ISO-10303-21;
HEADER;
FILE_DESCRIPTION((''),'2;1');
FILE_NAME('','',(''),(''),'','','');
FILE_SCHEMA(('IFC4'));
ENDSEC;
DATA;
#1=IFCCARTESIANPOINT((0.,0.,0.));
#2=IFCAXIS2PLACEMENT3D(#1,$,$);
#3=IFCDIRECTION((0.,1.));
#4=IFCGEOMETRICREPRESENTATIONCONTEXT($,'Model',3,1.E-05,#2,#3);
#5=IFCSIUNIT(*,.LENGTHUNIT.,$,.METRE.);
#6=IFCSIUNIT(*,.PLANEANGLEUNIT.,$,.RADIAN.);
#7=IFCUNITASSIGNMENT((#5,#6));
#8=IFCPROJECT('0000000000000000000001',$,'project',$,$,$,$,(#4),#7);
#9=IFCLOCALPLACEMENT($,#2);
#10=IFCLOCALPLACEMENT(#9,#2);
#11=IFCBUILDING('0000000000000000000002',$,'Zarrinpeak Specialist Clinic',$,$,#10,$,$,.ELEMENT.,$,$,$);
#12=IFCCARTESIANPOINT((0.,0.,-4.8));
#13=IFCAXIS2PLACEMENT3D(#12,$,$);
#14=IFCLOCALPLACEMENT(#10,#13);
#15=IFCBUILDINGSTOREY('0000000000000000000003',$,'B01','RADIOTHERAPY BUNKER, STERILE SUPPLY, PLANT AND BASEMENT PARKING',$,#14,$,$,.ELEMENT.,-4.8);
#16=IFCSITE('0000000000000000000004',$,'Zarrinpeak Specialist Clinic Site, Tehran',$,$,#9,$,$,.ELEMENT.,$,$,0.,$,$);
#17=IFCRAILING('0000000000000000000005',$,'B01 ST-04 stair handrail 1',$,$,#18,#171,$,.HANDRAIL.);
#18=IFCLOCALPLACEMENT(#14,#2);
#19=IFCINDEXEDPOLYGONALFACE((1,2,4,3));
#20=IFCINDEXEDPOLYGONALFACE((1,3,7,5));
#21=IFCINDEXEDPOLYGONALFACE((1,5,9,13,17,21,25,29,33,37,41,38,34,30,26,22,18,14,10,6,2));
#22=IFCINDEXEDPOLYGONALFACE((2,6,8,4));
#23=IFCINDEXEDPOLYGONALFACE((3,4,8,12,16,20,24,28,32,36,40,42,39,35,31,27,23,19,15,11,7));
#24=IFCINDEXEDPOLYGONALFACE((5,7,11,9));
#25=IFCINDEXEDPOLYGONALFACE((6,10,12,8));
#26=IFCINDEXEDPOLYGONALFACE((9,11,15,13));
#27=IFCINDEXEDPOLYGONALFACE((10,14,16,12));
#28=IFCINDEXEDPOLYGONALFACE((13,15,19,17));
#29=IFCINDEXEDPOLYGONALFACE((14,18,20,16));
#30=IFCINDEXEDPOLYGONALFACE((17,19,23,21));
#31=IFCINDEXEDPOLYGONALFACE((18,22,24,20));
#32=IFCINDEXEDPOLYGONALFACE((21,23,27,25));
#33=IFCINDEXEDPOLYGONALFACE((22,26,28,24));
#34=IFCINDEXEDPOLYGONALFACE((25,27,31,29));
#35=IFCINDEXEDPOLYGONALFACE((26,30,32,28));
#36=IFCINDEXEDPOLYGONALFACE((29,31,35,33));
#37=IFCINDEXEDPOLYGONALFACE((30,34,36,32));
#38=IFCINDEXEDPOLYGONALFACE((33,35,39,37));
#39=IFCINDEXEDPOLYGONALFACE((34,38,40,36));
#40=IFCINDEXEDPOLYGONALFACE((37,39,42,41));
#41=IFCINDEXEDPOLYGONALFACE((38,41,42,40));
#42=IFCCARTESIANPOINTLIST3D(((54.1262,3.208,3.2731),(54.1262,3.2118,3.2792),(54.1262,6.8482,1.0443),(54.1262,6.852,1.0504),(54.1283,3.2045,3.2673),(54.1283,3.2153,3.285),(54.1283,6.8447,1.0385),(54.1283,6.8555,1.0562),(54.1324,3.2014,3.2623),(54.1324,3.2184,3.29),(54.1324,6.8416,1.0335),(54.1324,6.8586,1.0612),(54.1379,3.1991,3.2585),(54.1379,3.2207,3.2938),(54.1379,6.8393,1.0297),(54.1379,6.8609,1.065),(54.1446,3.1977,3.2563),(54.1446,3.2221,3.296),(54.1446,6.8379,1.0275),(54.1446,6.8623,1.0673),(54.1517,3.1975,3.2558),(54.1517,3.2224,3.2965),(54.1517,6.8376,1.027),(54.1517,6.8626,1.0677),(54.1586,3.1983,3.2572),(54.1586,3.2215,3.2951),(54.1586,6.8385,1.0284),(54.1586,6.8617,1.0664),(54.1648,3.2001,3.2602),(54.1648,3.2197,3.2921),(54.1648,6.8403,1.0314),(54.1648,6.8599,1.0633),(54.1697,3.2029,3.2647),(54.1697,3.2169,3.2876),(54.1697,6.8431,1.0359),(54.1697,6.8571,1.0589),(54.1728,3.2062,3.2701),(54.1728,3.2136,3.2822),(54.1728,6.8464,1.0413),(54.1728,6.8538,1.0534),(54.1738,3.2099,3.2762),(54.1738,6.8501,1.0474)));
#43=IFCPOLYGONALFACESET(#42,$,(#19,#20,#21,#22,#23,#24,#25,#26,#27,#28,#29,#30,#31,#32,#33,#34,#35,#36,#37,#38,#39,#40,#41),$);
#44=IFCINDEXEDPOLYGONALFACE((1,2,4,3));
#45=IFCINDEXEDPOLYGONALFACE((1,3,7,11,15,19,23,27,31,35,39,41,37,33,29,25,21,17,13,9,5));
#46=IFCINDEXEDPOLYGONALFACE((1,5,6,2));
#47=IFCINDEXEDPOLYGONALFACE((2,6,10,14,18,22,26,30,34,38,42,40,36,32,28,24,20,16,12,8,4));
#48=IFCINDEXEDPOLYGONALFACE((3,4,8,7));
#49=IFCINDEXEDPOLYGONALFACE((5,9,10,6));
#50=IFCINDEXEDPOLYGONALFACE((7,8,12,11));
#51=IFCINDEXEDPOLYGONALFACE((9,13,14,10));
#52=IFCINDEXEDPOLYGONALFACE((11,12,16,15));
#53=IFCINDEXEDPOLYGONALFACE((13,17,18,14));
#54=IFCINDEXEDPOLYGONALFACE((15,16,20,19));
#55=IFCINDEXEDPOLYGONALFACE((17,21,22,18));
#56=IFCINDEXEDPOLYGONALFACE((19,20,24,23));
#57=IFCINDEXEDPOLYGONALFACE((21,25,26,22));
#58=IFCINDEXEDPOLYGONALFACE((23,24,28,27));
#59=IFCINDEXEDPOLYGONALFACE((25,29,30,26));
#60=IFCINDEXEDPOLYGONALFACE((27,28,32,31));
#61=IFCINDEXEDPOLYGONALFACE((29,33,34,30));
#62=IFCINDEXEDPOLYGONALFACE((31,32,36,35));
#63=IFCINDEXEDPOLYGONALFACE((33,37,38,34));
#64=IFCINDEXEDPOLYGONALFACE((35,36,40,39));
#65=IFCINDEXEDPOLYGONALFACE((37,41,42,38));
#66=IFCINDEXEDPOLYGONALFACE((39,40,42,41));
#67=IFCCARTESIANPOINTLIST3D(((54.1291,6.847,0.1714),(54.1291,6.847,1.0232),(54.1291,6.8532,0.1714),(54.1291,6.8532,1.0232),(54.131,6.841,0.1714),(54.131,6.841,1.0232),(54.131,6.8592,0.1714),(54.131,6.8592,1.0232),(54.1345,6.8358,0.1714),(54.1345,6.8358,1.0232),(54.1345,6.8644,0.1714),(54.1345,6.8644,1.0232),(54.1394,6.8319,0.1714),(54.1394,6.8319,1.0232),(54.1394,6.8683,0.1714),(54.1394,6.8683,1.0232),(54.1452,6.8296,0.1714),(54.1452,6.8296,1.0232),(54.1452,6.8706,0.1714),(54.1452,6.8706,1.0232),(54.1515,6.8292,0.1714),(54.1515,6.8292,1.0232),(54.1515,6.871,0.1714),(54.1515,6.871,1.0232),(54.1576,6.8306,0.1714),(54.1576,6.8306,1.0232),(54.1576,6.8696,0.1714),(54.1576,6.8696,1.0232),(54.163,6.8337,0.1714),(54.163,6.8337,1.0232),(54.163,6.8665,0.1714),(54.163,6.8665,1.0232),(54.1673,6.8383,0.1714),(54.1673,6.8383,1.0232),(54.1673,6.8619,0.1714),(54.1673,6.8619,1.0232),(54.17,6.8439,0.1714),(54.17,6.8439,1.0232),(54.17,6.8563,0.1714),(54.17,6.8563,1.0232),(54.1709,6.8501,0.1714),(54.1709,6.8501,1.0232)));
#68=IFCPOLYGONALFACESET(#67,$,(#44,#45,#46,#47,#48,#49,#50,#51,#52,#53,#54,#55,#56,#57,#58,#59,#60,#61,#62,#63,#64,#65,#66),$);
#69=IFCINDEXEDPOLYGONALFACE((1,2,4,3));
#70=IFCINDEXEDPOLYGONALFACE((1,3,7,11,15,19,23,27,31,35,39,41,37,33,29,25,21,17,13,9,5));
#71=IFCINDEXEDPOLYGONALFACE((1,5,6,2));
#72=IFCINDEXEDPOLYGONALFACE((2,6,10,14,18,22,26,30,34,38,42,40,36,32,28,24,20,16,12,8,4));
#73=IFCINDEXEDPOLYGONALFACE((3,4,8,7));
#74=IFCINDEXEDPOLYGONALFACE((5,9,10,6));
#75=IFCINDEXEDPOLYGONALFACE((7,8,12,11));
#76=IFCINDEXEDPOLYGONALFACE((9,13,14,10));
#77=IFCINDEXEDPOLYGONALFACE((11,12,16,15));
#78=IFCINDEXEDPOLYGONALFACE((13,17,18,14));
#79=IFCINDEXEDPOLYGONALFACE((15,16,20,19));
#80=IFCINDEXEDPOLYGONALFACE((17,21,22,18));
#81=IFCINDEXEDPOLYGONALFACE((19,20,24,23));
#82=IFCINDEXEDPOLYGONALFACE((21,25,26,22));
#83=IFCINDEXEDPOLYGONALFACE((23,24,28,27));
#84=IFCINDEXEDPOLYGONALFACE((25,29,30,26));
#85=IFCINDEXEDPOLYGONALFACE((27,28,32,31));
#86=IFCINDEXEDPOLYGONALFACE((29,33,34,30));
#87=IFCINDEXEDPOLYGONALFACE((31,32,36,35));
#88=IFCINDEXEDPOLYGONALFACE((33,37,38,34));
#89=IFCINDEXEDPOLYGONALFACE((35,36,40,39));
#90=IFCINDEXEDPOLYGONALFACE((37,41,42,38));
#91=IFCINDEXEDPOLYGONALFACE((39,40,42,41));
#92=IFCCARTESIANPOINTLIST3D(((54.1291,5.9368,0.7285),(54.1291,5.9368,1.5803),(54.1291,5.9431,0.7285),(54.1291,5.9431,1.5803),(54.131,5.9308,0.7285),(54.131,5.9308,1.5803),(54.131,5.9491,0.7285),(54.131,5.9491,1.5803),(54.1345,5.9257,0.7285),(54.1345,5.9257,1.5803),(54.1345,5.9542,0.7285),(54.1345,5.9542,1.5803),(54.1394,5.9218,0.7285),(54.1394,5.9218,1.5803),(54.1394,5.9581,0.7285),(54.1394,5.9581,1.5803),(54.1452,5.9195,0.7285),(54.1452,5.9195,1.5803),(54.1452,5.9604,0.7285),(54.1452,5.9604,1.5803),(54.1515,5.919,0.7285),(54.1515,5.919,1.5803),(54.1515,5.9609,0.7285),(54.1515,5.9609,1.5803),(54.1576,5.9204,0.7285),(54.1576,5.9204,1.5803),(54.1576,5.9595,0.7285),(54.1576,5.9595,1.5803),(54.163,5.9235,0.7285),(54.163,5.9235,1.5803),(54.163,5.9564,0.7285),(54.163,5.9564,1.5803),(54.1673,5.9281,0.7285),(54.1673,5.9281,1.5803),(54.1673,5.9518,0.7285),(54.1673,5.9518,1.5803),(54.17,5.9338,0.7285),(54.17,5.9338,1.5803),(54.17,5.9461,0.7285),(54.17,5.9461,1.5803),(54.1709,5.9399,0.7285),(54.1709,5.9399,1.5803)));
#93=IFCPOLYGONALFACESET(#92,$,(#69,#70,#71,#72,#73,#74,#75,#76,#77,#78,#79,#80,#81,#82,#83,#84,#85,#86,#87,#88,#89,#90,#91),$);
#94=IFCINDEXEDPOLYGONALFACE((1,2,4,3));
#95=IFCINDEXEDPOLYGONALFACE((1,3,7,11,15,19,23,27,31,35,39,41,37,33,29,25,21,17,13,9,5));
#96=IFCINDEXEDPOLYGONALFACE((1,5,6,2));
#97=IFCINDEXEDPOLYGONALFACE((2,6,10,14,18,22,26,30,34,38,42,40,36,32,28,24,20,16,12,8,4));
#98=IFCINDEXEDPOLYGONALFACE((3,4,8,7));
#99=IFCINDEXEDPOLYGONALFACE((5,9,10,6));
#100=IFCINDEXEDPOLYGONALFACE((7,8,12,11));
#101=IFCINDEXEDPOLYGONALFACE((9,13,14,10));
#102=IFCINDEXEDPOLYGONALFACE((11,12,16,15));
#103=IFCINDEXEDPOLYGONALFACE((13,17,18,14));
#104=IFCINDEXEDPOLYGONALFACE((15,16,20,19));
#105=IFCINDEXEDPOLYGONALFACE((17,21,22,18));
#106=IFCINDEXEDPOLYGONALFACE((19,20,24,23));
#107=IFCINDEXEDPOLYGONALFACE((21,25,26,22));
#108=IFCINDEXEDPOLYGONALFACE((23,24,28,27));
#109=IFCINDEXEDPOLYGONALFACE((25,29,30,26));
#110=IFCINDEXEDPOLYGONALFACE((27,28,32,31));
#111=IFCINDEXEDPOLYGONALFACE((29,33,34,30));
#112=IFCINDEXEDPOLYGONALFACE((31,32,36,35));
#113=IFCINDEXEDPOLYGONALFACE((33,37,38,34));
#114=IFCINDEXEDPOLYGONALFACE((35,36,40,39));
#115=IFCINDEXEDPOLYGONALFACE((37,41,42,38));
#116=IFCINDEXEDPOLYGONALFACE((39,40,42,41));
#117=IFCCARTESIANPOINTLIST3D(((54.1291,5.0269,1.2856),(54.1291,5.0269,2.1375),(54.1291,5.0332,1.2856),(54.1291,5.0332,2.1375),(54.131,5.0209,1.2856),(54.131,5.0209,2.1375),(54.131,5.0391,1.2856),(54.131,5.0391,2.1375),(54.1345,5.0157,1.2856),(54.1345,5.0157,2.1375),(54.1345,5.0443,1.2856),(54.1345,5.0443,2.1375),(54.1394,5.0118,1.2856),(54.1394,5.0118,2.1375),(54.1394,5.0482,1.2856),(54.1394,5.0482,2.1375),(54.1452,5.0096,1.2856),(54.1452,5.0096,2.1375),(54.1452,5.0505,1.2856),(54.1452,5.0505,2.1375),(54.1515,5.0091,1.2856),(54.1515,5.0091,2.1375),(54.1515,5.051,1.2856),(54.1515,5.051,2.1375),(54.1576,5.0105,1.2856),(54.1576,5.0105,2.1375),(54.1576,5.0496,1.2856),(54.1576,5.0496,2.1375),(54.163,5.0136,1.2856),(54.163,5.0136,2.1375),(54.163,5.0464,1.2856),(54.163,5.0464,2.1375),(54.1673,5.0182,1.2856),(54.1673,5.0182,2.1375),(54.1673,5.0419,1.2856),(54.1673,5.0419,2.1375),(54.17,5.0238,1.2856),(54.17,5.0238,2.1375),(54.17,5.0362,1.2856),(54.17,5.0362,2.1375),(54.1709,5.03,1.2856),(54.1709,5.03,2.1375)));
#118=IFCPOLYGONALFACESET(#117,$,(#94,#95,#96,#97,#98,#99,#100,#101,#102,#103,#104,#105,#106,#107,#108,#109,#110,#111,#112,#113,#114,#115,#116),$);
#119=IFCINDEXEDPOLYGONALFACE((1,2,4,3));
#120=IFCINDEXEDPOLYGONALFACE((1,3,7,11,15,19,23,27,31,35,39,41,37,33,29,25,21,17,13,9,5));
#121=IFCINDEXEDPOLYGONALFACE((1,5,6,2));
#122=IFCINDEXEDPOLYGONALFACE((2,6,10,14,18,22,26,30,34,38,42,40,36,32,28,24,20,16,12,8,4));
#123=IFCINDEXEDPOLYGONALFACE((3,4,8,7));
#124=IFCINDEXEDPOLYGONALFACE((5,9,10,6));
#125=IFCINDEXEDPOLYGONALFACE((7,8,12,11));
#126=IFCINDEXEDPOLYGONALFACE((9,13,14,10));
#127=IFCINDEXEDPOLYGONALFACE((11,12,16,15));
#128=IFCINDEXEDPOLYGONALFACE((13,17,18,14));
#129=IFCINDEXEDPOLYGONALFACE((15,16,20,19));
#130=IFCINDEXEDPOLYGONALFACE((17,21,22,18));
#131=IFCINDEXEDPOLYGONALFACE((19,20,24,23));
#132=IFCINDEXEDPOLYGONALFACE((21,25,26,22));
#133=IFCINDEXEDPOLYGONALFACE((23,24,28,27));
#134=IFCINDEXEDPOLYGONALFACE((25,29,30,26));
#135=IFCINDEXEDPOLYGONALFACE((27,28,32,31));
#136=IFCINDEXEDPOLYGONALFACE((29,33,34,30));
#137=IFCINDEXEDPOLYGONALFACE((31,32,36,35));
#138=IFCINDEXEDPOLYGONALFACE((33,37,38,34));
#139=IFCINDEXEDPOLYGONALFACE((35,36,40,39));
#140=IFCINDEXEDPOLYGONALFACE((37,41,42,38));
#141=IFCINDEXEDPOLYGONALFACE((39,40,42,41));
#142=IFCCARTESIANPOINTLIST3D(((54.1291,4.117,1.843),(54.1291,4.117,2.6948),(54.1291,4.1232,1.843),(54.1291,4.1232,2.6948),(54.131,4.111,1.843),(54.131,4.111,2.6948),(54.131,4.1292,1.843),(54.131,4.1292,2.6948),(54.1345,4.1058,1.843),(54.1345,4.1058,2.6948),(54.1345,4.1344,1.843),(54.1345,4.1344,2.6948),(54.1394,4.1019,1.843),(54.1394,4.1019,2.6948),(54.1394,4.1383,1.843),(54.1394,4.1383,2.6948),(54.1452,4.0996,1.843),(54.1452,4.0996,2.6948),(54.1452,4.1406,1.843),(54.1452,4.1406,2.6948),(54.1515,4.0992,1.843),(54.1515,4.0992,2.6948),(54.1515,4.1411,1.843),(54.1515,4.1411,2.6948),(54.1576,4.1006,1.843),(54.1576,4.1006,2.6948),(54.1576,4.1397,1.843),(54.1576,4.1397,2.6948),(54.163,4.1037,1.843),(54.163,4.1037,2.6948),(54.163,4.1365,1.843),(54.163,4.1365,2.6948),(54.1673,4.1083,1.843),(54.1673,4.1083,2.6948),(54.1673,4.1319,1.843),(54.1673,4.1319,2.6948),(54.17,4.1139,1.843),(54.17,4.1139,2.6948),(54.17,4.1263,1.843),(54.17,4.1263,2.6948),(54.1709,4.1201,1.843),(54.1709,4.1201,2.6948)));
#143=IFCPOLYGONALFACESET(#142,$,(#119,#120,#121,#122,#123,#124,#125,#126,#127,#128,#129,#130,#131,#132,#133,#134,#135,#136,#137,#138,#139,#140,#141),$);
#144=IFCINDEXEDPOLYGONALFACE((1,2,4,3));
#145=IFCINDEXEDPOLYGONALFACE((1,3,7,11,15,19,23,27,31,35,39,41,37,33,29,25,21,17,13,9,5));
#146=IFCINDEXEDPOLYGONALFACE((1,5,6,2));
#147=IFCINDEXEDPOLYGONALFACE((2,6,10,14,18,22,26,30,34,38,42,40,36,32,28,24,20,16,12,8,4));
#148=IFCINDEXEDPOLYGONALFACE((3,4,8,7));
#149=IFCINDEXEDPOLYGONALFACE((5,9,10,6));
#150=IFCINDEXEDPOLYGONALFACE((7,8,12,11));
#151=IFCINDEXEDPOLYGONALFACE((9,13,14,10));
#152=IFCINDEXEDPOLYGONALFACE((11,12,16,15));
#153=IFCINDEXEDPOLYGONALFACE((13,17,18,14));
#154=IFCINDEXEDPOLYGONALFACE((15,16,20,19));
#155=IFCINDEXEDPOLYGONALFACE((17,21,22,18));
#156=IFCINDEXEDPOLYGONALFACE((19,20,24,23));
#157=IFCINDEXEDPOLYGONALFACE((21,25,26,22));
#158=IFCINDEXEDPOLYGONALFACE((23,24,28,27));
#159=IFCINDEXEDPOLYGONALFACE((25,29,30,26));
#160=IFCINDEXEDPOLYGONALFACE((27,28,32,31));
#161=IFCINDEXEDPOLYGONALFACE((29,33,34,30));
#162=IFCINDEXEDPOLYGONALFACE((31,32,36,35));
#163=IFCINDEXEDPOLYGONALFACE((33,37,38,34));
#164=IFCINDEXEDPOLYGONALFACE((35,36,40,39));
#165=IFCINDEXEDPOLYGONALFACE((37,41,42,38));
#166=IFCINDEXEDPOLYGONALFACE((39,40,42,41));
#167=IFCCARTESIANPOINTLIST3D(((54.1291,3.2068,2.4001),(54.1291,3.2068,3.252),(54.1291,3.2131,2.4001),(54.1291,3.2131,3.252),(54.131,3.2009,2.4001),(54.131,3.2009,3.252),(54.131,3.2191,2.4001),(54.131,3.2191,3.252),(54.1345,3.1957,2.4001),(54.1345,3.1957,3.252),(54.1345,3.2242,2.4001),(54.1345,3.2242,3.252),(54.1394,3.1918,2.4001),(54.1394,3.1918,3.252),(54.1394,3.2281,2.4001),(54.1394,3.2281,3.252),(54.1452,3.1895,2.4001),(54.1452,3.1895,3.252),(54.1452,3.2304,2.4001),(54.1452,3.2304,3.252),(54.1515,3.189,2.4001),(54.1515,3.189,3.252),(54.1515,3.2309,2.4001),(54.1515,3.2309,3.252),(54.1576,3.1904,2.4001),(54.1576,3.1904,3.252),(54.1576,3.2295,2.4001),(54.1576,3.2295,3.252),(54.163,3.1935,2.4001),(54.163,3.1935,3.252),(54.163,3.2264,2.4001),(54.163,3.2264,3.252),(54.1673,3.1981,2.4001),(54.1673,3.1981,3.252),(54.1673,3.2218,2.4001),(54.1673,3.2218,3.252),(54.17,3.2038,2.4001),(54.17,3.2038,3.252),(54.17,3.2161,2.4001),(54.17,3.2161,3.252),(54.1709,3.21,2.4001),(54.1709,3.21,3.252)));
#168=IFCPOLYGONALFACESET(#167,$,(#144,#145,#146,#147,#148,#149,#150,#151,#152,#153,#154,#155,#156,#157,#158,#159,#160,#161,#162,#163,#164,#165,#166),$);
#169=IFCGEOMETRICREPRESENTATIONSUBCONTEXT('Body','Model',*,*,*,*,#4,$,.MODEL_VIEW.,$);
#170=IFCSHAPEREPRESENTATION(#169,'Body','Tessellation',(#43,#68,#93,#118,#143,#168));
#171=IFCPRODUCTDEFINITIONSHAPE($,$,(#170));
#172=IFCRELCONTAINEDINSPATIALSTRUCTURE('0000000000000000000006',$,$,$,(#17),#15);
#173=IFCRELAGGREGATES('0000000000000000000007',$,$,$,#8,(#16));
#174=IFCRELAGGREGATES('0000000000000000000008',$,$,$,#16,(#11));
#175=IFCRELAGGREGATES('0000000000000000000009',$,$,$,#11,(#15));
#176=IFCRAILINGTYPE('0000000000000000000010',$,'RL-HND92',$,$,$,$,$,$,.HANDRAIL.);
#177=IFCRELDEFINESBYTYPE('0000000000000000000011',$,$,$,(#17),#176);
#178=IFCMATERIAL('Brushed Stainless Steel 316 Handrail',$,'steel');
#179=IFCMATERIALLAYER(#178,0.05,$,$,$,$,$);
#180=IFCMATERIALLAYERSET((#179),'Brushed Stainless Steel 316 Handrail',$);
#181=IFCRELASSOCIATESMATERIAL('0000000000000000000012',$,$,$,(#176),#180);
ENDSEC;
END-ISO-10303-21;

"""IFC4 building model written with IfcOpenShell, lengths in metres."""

from ifc_helpers import new_model, si_unit, direction, frame, origin, origin_2d, place, context, subcontext, project, spatial, circle, extrude, material, layer, layer_set, type_object, element, save


model = new_model("IFC4")

# Units and contexts
model_context = context("Model", 3, precision=1e-05, world=origin(), true_north=direction((0.0, 1.0)))
body_context = subcontext(model_context, "Body", "Model", "MODEL_VIEW")
ifc_project = project(units=[si_unit("LENGTHUNIT", "METRE"), si_unit("PLANEANGLEUNIT", "RADIAN")], contexts=[model_context])

# Site, building, storey
site_placement = place(None, origin())
site = spatial("IfcSite", under=ifc_project, at=site_placement, Name="Zarrinpeak Specialist Clinic Site, Tehran", CompositionType="ELEMENT", RefElevation=0.0)
building_placement = place(site_placement, origin())
building = spatial("IfcBuilding", under=site, at=building_placement, Name="Zarrinpeak Specialist Clinic", CompositionType="ELEMENT")
storey_placement = place(building_placement, frame((0.0, 0.0, -4.8)))
storey = spatial("IfcBuildingStorey", under=building, at=storey_placement, Name="B01", Description="RADIOTHERAPY BUNKER, STERILE SUPPLY, PLANT AND BASEMENT PARKING", CompositionType="ELEMENT", Elevation=-4.8)

# Railing
ifc_material_1 = material(Name="Brushed Stainless Steel 316 Handrail", Category="steel")
ifc_layer_1 = layer(ifc_material_1, 0.05)
ifc_layer_set_1 = layer_set([ifc_layer_1], Name="Brushed Stainless Steel 316 Handrail")
railing_type_1 = type_object("IfcRailingType", Name="RL-HND92", PredefinedType="HANDRAIL", material=ifc_layer_set_1)
railing_1_placement = place(storey_placement, frame((54.1499, 6.8501, 0.1714)))
element("IfcRailing", 1, at=railing_1_placement, inside=storey, type_object=railing_type_1, Name="B01 ST-04 stair handrail 1", PredefinedType="HANDRAIL", context=body_context, shape_type="SweptSolid", body=[
    extrude(circle(Radius=0.0239, at=origin_2d()), frame((0.0, 0.0, 0.876), z_axis=(0.0, -0.85284, 0.522172), x_axis=(1.0, 0.0, 0.0)), (0.0, 0.0, 1.0), 4.2683),
    extrude(circle(Radius=0.021, at=origin_2d()), origin(), (0.0, 0.0, 1.0), 0.8518),
    extrude(circle(Radius=0.021, at=origin_2d()), frame((0.0, -0.9102, 0.5571)), (0.0, 0.0, 1.0), 0.8518),
    extrude(circle(Radius=0.021, at=origin_2d()), frame((0.0, -1.8201, 1.1143)), (0.0, 0.0, 1.0), 0.8518),
    extrude(circle(Radius=0.021, at=origin_2d()), frame((0.0, -2.73, 1.6716)), (0.0, 0.0, 1.0), 0.8518),
    extrude(circle(Radius=0.021, at=origin_2d()), frame((0.0, -3.6401, 2.2288)), (0.0, 0.0, 1.0), 0.8518),
])

save(model, "model.ifc")
